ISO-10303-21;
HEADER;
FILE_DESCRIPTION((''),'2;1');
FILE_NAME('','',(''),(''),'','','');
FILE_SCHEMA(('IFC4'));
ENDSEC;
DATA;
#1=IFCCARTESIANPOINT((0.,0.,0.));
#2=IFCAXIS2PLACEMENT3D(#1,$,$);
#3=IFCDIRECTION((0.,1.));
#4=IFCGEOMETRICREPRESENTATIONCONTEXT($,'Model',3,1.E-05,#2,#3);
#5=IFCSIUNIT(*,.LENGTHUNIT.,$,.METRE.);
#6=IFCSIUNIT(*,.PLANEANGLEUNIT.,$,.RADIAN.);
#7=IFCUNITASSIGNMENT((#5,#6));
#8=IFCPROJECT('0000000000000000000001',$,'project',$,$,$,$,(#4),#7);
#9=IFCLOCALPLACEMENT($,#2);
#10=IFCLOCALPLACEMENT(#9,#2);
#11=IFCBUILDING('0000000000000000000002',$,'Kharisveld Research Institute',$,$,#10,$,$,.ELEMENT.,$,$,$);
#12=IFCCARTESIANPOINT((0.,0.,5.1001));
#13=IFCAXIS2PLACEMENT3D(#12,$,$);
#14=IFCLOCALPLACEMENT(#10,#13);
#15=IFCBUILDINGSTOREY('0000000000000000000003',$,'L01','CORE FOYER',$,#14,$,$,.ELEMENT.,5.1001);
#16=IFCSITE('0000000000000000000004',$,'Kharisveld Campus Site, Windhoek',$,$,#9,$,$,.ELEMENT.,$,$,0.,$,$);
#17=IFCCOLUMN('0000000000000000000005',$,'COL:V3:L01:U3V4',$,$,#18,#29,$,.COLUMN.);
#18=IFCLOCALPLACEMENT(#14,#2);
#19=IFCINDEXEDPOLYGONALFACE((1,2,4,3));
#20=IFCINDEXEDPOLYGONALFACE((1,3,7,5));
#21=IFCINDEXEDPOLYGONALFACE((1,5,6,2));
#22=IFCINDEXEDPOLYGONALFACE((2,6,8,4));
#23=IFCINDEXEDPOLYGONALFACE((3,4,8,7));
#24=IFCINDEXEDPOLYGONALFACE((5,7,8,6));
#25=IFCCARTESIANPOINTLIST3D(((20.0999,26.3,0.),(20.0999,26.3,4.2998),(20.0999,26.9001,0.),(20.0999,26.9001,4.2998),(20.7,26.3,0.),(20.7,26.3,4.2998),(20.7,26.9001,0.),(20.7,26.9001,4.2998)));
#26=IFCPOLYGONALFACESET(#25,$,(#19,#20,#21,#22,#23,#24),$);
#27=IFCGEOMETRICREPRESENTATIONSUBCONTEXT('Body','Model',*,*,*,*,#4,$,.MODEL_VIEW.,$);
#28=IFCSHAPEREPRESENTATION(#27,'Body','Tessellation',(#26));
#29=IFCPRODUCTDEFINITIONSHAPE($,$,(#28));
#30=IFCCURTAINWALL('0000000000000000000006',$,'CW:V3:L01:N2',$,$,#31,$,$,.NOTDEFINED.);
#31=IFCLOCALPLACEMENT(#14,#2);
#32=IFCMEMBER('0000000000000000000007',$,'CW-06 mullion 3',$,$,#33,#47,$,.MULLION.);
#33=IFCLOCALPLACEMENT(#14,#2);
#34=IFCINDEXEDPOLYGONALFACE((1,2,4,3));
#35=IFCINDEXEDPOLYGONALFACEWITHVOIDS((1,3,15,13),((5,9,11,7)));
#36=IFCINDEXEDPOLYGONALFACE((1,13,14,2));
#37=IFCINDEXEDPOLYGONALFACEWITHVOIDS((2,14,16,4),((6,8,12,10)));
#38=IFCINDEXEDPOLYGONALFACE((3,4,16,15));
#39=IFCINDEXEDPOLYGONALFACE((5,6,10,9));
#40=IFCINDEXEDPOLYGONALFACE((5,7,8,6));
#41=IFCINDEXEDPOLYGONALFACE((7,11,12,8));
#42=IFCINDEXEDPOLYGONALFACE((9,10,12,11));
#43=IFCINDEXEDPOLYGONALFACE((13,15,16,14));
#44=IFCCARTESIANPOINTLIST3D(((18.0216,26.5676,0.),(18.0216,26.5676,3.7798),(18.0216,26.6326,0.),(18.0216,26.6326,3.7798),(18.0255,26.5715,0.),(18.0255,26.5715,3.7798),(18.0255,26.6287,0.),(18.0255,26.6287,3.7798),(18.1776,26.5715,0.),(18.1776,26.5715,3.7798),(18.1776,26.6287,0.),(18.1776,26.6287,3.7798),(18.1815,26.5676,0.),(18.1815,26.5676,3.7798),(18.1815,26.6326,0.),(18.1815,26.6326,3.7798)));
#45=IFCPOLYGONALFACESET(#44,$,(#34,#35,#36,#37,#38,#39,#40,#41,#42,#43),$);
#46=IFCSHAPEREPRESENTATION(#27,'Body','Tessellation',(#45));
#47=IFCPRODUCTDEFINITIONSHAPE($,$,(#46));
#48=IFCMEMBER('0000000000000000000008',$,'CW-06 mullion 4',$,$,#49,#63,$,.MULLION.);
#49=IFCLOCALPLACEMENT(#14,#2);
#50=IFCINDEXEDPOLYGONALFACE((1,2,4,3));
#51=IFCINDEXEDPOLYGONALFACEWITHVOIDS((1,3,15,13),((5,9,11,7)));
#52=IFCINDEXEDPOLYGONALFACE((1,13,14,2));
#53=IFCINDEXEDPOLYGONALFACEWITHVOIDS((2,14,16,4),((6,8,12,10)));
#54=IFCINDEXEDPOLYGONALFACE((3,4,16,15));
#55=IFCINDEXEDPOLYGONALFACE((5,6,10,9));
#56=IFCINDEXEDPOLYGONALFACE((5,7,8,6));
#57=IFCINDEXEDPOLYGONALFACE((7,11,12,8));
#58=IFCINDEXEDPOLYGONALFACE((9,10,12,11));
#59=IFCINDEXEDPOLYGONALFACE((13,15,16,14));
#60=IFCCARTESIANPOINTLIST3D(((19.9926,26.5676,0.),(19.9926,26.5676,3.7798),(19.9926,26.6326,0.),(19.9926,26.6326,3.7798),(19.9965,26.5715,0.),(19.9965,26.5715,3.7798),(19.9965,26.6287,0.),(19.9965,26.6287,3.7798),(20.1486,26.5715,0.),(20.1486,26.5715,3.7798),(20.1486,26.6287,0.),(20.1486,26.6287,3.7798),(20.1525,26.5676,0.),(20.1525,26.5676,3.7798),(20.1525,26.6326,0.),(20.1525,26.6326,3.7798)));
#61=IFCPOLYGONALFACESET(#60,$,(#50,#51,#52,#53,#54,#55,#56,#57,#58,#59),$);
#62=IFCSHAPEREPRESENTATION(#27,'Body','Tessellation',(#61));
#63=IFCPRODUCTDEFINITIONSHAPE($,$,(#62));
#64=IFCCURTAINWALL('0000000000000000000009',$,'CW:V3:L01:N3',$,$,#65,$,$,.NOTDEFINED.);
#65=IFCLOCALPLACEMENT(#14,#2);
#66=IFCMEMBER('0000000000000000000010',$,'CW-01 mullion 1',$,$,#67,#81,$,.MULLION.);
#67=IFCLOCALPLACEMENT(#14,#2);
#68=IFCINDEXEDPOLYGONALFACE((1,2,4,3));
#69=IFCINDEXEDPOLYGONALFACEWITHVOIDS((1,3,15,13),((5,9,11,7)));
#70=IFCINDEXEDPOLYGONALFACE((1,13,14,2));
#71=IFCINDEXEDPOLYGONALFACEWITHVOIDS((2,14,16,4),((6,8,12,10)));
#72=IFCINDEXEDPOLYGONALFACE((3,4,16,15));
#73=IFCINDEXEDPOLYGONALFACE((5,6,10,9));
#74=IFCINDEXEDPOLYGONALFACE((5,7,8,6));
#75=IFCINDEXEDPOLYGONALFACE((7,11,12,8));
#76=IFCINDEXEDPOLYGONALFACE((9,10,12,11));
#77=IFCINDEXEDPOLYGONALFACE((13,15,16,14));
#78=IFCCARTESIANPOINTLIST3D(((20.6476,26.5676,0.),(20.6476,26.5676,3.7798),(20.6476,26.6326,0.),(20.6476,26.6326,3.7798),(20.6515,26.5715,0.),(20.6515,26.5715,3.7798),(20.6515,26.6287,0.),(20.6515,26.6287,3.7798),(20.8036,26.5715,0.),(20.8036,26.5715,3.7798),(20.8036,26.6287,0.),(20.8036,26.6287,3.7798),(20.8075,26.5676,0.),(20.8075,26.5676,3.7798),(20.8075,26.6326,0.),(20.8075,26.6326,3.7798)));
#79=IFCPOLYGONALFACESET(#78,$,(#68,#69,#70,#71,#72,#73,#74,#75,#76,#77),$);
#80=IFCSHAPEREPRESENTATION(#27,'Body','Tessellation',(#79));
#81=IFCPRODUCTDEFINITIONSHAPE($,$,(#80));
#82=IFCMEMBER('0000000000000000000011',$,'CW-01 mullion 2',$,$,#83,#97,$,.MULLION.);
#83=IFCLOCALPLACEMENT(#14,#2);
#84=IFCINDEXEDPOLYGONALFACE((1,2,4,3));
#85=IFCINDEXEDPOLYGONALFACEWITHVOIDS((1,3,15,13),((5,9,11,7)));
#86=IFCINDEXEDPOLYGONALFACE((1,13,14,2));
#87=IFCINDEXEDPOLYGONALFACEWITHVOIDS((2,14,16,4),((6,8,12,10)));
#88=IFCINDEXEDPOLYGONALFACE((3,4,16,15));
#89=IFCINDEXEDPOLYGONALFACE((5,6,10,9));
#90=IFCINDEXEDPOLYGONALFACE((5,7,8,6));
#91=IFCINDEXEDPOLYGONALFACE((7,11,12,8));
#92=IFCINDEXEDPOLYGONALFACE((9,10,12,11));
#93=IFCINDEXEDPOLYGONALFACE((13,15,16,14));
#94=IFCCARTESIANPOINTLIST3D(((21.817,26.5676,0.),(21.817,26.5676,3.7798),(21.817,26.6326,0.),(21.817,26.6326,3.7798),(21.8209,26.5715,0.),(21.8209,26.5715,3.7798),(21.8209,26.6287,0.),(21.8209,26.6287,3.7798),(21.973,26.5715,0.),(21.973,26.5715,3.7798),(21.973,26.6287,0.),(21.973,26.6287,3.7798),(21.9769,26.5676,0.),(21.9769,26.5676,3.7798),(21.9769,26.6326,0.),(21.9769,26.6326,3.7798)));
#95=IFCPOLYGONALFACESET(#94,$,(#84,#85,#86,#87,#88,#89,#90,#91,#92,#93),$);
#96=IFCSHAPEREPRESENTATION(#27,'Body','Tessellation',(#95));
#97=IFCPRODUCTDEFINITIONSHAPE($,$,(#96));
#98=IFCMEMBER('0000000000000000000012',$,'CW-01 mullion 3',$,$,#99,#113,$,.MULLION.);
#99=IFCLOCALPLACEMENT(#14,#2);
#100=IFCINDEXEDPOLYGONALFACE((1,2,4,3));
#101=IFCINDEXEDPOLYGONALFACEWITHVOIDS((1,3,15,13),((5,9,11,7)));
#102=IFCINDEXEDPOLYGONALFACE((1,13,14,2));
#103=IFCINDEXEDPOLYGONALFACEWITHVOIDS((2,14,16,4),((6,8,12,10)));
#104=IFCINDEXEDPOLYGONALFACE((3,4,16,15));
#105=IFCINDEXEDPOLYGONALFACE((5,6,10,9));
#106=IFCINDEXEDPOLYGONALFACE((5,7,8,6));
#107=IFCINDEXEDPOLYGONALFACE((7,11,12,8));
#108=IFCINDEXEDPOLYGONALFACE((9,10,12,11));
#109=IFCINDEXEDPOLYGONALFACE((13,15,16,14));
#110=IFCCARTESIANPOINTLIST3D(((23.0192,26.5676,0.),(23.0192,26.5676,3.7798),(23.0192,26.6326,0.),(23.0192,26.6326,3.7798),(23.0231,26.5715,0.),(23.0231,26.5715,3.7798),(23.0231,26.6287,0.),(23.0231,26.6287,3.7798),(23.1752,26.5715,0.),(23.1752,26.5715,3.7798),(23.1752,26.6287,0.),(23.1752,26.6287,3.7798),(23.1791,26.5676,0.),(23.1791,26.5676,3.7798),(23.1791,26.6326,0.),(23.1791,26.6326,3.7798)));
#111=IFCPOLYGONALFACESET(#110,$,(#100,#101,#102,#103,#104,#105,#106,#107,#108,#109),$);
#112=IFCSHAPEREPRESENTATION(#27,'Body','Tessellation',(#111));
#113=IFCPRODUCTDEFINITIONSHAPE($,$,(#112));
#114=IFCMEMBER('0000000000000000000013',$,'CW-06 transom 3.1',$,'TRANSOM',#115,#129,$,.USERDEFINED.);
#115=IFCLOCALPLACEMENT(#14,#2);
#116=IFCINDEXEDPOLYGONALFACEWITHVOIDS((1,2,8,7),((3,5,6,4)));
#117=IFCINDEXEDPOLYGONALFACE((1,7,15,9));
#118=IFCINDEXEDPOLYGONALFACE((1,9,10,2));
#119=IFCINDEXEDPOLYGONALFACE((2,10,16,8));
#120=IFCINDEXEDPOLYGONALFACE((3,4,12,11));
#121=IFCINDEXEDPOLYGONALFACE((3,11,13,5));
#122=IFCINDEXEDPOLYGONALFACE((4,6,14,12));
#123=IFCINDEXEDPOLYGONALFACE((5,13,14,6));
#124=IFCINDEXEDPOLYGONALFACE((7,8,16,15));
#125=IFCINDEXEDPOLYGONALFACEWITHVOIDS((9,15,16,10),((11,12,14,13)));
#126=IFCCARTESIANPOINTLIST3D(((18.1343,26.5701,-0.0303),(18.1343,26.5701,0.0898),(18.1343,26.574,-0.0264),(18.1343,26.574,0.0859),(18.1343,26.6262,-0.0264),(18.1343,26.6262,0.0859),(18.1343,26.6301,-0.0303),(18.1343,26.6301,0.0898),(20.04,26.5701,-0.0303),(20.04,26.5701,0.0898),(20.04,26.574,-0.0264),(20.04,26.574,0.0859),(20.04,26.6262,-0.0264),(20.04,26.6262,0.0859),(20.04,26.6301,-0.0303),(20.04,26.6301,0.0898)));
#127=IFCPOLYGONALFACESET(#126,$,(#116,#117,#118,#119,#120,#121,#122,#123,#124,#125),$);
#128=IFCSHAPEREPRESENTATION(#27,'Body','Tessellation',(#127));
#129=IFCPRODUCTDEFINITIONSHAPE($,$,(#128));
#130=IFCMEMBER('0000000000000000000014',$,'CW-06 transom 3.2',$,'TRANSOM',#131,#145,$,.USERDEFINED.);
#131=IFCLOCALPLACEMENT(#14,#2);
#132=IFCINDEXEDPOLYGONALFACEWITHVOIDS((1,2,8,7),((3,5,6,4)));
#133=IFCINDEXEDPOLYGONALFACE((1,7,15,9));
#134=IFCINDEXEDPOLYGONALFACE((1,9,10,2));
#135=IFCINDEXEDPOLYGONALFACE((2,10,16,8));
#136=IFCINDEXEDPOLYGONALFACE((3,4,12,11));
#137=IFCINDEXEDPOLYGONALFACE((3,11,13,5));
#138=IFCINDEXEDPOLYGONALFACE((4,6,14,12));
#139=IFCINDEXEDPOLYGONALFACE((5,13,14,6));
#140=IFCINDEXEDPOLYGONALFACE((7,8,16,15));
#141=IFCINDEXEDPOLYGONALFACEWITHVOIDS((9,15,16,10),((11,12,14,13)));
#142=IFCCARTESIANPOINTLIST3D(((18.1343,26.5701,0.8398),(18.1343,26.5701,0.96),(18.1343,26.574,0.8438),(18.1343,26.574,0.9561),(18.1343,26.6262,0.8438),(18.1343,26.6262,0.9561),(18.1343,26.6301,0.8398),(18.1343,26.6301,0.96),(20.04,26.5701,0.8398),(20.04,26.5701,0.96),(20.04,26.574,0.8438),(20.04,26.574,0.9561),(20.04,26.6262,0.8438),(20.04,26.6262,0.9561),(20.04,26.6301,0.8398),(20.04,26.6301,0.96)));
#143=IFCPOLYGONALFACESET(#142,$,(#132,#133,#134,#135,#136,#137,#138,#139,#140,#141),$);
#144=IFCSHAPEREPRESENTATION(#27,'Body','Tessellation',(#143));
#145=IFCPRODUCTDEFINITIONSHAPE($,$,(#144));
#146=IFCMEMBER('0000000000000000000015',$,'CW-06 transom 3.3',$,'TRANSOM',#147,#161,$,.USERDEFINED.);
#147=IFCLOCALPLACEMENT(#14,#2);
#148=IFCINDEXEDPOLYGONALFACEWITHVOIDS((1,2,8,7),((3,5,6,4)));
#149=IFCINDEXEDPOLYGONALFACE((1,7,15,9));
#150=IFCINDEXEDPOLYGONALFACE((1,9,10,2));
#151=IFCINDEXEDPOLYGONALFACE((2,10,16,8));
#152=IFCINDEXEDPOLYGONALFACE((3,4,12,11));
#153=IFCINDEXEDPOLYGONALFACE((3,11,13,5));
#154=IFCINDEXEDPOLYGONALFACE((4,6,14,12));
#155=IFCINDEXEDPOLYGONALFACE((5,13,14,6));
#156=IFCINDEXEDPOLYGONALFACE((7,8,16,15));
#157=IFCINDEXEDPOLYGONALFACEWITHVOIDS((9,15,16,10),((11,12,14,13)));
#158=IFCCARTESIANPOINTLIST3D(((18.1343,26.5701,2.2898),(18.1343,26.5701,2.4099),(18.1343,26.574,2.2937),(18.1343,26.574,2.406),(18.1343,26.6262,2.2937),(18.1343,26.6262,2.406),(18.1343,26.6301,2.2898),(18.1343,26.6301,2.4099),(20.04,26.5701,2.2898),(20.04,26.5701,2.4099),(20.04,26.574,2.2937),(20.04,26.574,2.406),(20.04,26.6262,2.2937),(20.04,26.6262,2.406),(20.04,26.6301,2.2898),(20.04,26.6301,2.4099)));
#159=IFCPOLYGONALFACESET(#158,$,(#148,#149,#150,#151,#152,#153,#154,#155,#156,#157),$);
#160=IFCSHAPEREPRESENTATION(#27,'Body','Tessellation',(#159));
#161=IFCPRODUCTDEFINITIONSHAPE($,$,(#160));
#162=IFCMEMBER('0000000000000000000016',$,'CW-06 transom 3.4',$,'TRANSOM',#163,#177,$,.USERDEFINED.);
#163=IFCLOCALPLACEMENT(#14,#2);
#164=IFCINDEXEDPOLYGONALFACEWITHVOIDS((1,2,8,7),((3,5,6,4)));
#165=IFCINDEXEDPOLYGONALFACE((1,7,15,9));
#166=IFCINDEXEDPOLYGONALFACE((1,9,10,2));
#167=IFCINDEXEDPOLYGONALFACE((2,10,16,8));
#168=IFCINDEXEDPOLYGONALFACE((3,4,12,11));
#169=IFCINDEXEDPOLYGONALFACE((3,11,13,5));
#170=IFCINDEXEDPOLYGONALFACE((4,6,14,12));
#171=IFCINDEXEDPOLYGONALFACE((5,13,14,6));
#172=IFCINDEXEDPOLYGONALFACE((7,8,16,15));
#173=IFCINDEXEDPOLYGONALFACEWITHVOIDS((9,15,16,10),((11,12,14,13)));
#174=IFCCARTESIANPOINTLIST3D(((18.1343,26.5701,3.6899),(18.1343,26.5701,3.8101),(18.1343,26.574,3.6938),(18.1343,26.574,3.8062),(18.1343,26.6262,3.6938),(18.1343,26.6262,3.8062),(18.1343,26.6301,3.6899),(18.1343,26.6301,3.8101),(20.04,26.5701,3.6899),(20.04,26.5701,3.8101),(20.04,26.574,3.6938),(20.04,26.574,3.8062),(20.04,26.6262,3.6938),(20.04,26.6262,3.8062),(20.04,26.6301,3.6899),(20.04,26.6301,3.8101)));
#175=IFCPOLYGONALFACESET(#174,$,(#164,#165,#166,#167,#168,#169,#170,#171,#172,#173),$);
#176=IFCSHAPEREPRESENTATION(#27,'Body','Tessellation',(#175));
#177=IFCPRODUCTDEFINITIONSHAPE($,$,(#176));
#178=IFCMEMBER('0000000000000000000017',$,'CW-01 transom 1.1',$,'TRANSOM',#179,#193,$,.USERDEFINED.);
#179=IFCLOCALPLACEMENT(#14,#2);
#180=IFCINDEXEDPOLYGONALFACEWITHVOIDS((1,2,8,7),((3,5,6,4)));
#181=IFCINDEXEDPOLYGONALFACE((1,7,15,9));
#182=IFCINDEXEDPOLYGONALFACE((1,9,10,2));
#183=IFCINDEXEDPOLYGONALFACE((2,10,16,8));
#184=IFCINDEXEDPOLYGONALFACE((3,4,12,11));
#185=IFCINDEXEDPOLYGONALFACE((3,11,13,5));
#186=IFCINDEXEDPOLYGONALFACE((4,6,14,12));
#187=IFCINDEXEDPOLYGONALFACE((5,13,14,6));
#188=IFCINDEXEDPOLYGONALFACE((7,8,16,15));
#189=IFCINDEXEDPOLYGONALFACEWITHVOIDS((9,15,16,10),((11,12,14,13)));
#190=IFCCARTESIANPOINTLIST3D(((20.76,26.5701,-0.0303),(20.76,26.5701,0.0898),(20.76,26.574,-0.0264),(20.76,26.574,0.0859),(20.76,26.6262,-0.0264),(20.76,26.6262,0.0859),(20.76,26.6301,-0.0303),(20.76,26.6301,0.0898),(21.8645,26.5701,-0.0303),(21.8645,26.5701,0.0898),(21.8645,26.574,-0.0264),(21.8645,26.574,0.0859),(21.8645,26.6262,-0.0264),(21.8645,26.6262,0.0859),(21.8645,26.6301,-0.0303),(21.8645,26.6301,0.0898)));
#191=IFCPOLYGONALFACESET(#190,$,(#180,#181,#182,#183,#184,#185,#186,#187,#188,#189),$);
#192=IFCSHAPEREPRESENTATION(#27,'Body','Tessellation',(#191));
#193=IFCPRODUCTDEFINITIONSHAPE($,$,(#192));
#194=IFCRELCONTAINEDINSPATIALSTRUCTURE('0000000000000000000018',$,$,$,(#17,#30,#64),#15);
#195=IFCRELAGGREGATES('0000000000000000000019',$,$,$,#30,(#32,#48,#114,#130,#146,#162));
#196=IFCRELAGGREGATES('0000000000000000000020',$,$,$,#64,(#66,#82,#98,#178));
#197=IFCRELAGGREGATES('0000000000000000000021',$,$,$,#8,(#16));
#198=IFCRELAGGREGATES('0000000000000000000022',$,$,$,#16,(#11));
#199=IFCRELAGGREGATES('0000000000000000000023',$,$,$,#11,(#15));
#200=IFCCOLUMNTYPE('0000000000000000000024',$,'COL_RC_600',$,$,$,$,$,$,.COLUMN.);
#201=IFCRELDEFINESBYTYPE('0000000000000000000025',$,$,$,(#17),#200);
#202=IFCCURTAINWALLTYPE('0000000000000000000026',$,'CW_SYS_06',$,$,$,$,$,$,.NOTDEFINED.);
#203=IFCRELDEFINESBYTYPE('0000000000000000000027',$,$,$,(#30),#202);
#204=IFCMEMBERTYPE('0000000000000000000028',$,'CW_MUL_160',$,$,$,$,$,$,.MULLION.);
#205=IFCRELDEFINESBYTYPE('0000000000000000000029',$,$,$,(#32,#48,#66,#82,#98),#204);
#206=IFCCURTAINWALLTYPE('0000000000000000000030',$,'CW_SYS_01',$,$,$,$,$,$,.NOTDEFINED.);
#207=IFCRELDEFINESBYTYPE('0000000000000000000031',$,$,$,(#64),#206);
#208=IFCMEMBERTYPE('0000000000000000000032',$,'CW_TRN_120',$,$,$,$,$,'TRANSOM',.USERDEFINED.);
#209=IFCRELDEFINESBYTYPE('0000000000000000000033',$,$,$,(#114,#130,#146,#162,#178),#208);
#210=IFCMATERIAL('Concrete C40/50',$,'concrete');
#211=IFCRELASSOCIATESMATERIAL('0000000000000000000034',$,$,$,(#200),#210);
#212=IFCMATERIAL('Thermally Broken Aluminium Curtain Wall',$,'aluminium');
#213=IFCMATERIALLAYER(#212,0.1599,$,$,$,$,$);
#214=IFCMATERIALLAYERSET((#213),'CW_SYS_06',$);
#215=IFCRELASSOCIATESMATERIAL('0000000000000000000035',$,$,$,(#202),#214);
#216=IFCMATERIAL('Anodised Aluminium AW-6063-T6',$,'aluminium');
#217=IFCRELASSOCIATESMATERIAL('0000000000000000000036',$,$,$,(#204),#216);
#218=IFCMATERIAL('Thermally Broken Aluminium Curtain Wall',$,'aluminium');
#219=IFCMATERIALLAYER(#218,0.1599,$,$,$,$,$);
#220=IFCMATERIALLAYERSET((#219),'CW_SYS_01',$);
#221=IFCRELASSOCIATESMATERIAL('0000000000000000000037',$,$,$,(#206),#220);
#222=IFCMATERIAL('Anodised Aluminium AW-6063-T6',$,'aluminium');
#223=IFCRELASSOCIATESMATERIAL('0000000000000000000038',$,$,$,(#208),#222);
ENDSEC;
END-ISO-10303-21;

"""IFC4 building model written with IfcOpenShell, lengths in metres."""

from ifc_helpers import new_model, si_unit, direction, frame, origin, origin_2d, place, context, subcontext, project, spatial, rectangle, hollow_rectangle, extrude, material, layer, layer_set, material_profile, profile_set, type_object, element, aggregate, save


model = new_model("IFC4")

# Units and contexts
model_context = context("Model", 3, precision=1e-05, world=origin(), true_north=direction((0.0, 1.0)))
body_context = subcontext(model_context, "Body", "Model", "MODEL_VIEW")
ifc_project = project(units=[si_unit("LENGTHUNIT", "METRE"), si_unit("PLANEANGLEUNIT", "RADIAN")], contexts=[model_context])

# Site, building, storey
site_placement = place(None, origin())
site = spatial("IfcSite", under=ifc_project, at=site_placement, Name="Kharisveld Campus Site, Windhoek", CompositionType="ELEMENT", RefElevation=0.0)
building_placement = place(site_placement, origin())
building = spatial("IfcBuilding", under=site, at=building_placement, Name="Kharisveld Research Institute", CompositionType="ELEMENT")
storey_placement = place(building_placement, frame((0.0, 0.0, 5.1001)))
storey = spatial("IfcBuildingStorey", under=building, at=storey_placement, Name="L01", Description="CORE FOYER", CompositionType="ELEMENT", Elevation=5.1001)

# Column
ifc_material_1 = material(Name="Concrete C40/50", Category="concrete")
ifc_material_profile_1 = material_profile(ifc_material_1, rectangle(XDim=0.6001, YDim=0.6001, at=origin_2d()))
ifc_profile_set_1 = profile_set([ifc_material_profile_1], Name="Concrete C40/50")
column_type = type_object("IfcColumnType", Name="COL_RC_600", PredefinedType="COLUMN", material=ifc_profile_set_1)
column_placement = place(storey_placement, frame((20.3999, 26.6001, 0.0), z_axis=(0.0, 0.0, 1.0), x_axis=(1.0, 0.0, 0.0)))
element("IfcColumn", 1, at=column_placement, inside=storey, type_object=column_type, Name="COL:V3:L01:U3V4", PredefinedType="COLUMN", context=body_context, shape_type="SweptSolid", body=[
    extrude(rectangle(XDim=0.6001, YDim=0.6001, at=origin_2d()), origin(), (0.0, 0.0, 1.0), 4.2998),
])

# Curtain walls, members
ifc_material_2 = material(Name="Thermally Broken Aluminium Curtain Wall", Category="aluminium")
ifc_layer_1 = layer(ifc_material_2, 0.1599)
ifc_layer_set_1 = layer_set([ifc_layer_1], Name="CW_SYS_06")
curtain_wall_type_1 = type_object("IfcCurtainWallType", Name="CW_SYS_06", PredefinedType="NOTDEFINED", material=ifc_layer_set_1)
curtain_wall_1_placement = place(storey_placement, origin())
curtain_wall_1 = element("IfcCurtainWall", 2, at=curtain_wall_1_placement, inside=storey, type_object=curtain_wall_type_1, Name="CW:V3:L01:N2", PredefinedType="NOTDEFINED")
ifc_material_3 = material(Name="Anodised Aluminium AW-6063-T6", Category="aluminium")
ifc_material_profile_2 = material_profile(ifc_material_3, hollow_rectangle(XDim=0.0649, YDim=0.1599, WallThickness=0.0039, at=origin_2d()))
ifc_profile_set_2 = profile_set([ifc_material_profile_2], Name="Anodised Aluminium AW-6063-T6")
member_type_1 = type_object("IfcMemberType", Name="CW_MUL_160", PredefinedType="MULLION", material=ifc_profile_set_2)
member_1_placement = place(storey_placement, frame((18.1016, 26.6001, 0.0), z_axis=(0.0, 0.0, 1.0), x_axis=(0.0, 1.0, 0.0)))
member_1 = element("IfcMember", 3, at=member_1_placement, type_object=member_type_1, Name="CW-06 mullion 3", PredefinedType="MULLION", context=body_context, shape_type="SweptSolid", body=[
    extrude(hollow_rectangle(XDim=0.0649, YDim=0.1599, WallThickness=0.0039, at=origin_2d()), origin(), (0.0, 0.0, 1.0), 3.7798),
])
member_2_placement = place(storey_placement, frame((20.0725, 26.6001, 0.0), z_axis=(0.0, 0.0, 1.0), x_axis=(0.0, 1.0, 0.0)))
member_2 = element("IfcMember", 4, at=member_2_placement, type_object=member_type_1, Name="CW-06 mullion 4", PredefinedType="MULLION", context=body_context, shape_type="SweptSolid", body=[
    extrude(hollow_rectangle(XDim=0.0649, YDim=0.1599, WallThickness=0.0039, at=origin_2d()), origin(), (0.0, 0.0, 1.0), 3.7798),
])
ifc_material_4 = material(Name="Thermally Broken Aluminium Curtain Wall", Category="aluminium")
ifc_layer_2 = layer(ifc_material_4, 0.1599)
ifc_layer_set_2 = layer_set([ifc_layer_2], Name="CW_SYS_01")
curtain_wall_type_2 = type_object("IfcCurtainWallType", Name="CW_SYS_01", PredefinedType="NOTDEFINED", material=ifc_layer_set_2)
curtain_wall_2_placement = place(storey_placement, origin())
curtain_wall_2 = element("IfcCurtainWall", 5, at=curtain_wall_2_placement, inside=storey, type_object=curtain_wall_type_2, Name="CW:V3:L01:N3", PredefinedType="NOTDEFINED")
member_3_placement = place(storey_placement, frame((20.7275, 26.6001, 0.0), z_axis=(0.0, 0.0, 1.0), x_axis=(0.0, 1.0, 0.0)))
member_3 = element("IfcMember", 6, at=member_3_placement, type_object=member_type_1, Name="CW-01 mullion 1", PredefinedType="MULLION", context=body_context, shape_type="SweptSolid", body=[
    extrude(hollow_rectangle(XDim=0.0649, YDim=0.1599, WallThickness=0.0039, at=origin_2d()), origin(), (0.0, 0.0, 1.0), 3.7798),
])
member_4_placement = place(storey_placement, frame((21.897, 26.6001, 0.0), z_axis=(0.0, 0.0, 1.0), x_axis=(0.0, 1.0, 0.0)))
member_4 = element("IfcMember", 7, at=member_4_placement, type_object=member_type_1, Name="CW-01 mullion 2", PredefinedType="MULLION", context=body_context, shape_type="SweptSolid", body=[
    extrude(hollow_rectangle(XDim=0.0649, YDim=0.1599, WallThickness=0.0039, at=origin_2d()), origin(), (0.0, 0.0, 1.0), 3.7798),
])
member_5_placement = place(storey_placement, frame((23.0991, 26.6001, 0.0), z_axis=(0.0, 0.0, 1.0), x_axis=(0.0, 1.0, 0.0)))
member_5 = element("IfcMember", 8, at=member_5_placement, type_object=member_type_1, Name="CW-01 mullion 3", PredefinedType="MULLION", context=body_context, shape_type="SweptSolid", body=[
    extrude(hollow_rectangle(XDim=0.0649, YDim=0.1599, WallThickness=0.0039, at=origin_2d()), origin(), (0.0, 0.0, 1.0), 3.7798),
])

# Members
ifc_material_5 = material(Name="Anodised Aluminium AW-6063-T6", Category="aluminium")
ifc_material_profile_3 = material_profile(ifc_material_5, hollow_rectangle(XDim=0.0601, YDim=0.1201, WallThickness=0.0039, at=origin_2d()))
ifc_profile_set_3 = profile_set([ifc_material_profile_3], Name="Anodised Aluminium AW-6063-T6")
member_type_2 = type_object("IfcMemberType", Name="CW_TRN_120", ElementType="TRANSOM", PredefinedType="USERDEFINED", material=ifc_profile_set_3)
member_6_placement = place(storey_placement, frame((18.1343, 26.6001, 0.0298), z_axis=(1.0, 0.0, 0.0), x_axis=(0.0, 1.0, 0.0)))
member_6 = element("IfcMember", 9, at=member_6_placement, type_object=member_type_2, Name="CW-06 transom 3.1", ObjectType="TRANSOM", PredefinedType="USERDEFINED", context=body_context, shape_type="SweptSolid", body=[
    extrude(hollow_rectangle(XDim=0.0601, YDim=0.1201, WallThickness=0.0039, at=origin_2d()), origin(), (0.0, 0.0, 1.0), 1.9058),
])
member_7_placement = place(storey_placement, frame((18.1343, 26.6001, 0.8999), z_axis=(1.0, 0.0, 0.0), x_axis=(0.0, 1.0, 0.0)))
member_7 = element("IfcMember", 10, at=member_7_placement, type_object=member_type_2, Name="CW-06 transom 3.2", ObjectType="TRANSOM", PredefinedType="USERDEFINED", context=body_context, shape_type="SweptSolid", body=[
    extrude(hollow_rectangle(XDim=0.0601, YDim=0.1201, WallThickness=0.0039, at=origin_2d()), origin(), (0.0, 0.0, 1.0), 1.9058),
])
member_8_placement = place(storey_placement, frame((18.1343, 26.6001, 2.3499), z_axis=(1.0, 0.0, 0.0), x_axis=(0.0, 1.0, 0.0)))
member_8 = element("IfcMember", 11, at=member_8_placement, type_object=member_type_2, Name="CW-06 transom 3.3", ObjectType="TRANSOM", PredefinedType="USERDEFINED", context=body_context, shape_type="SweptSolid", body=[
    extrude(hollow_rectangle(XDim=0.0601, YDim=0.1201, WallThickness=0.0039, at=origin_2d()), origin(), (0.0, 0.0, 1.0), 1.9058),
])
member_9_placement = place(storey_placement, frame((18.1343, 26.6001, 3.75), z_axis=(1.0, 0.0, 0.0), x_axis=(0.0, 1.0, 0.0)))
member_9 = element("IfcMember", 12, at=member_9_placement, type_object=member_type_2, Name="CW-06 transom 3.4", ObjectType="TRANSOM", PredefinedType="USERDEFINED", context=body_context, shape_type="SweptSolid", body=[
    extrude(hollow_rectangle(XDim=0.0601, YDim=0.1201, WallThickness=0.0039, at=origin_2d()), origin(), (0.0, 0.0, 1.0), 1.9058),
])
member_10_placement = place(storey_placement, frame((20.76, 26.6001, 0.0298), z_axis=(1.0, 0.0, 0.0), x_axis=(0.0, 1.0, 0.0)))
member_10 = element("IfcMember", 13, at=member_10_placement, type_object=member_type_2, Name="CW-01 transom 1.1", ObjectType="TRANSOM", PredefinedType="USERDEFINED", context=body_context, shape_type="SweptSolid", body=[
    extrude(hollow_rectangle(XDim=0.0601, YDim=0.1201, WallThickness=0.0039, at=origin_2d()), origin(), (0.0, 0.0, 1.0), 1.1045),
])

aggregate(curtain_wall_1, [member_1, member_2, member_6, member_7, member_8, member_9])
aggregate(curtain_wall_2, [member_3, member_4, member_5, member_10])

save(model, "model.ifc")
